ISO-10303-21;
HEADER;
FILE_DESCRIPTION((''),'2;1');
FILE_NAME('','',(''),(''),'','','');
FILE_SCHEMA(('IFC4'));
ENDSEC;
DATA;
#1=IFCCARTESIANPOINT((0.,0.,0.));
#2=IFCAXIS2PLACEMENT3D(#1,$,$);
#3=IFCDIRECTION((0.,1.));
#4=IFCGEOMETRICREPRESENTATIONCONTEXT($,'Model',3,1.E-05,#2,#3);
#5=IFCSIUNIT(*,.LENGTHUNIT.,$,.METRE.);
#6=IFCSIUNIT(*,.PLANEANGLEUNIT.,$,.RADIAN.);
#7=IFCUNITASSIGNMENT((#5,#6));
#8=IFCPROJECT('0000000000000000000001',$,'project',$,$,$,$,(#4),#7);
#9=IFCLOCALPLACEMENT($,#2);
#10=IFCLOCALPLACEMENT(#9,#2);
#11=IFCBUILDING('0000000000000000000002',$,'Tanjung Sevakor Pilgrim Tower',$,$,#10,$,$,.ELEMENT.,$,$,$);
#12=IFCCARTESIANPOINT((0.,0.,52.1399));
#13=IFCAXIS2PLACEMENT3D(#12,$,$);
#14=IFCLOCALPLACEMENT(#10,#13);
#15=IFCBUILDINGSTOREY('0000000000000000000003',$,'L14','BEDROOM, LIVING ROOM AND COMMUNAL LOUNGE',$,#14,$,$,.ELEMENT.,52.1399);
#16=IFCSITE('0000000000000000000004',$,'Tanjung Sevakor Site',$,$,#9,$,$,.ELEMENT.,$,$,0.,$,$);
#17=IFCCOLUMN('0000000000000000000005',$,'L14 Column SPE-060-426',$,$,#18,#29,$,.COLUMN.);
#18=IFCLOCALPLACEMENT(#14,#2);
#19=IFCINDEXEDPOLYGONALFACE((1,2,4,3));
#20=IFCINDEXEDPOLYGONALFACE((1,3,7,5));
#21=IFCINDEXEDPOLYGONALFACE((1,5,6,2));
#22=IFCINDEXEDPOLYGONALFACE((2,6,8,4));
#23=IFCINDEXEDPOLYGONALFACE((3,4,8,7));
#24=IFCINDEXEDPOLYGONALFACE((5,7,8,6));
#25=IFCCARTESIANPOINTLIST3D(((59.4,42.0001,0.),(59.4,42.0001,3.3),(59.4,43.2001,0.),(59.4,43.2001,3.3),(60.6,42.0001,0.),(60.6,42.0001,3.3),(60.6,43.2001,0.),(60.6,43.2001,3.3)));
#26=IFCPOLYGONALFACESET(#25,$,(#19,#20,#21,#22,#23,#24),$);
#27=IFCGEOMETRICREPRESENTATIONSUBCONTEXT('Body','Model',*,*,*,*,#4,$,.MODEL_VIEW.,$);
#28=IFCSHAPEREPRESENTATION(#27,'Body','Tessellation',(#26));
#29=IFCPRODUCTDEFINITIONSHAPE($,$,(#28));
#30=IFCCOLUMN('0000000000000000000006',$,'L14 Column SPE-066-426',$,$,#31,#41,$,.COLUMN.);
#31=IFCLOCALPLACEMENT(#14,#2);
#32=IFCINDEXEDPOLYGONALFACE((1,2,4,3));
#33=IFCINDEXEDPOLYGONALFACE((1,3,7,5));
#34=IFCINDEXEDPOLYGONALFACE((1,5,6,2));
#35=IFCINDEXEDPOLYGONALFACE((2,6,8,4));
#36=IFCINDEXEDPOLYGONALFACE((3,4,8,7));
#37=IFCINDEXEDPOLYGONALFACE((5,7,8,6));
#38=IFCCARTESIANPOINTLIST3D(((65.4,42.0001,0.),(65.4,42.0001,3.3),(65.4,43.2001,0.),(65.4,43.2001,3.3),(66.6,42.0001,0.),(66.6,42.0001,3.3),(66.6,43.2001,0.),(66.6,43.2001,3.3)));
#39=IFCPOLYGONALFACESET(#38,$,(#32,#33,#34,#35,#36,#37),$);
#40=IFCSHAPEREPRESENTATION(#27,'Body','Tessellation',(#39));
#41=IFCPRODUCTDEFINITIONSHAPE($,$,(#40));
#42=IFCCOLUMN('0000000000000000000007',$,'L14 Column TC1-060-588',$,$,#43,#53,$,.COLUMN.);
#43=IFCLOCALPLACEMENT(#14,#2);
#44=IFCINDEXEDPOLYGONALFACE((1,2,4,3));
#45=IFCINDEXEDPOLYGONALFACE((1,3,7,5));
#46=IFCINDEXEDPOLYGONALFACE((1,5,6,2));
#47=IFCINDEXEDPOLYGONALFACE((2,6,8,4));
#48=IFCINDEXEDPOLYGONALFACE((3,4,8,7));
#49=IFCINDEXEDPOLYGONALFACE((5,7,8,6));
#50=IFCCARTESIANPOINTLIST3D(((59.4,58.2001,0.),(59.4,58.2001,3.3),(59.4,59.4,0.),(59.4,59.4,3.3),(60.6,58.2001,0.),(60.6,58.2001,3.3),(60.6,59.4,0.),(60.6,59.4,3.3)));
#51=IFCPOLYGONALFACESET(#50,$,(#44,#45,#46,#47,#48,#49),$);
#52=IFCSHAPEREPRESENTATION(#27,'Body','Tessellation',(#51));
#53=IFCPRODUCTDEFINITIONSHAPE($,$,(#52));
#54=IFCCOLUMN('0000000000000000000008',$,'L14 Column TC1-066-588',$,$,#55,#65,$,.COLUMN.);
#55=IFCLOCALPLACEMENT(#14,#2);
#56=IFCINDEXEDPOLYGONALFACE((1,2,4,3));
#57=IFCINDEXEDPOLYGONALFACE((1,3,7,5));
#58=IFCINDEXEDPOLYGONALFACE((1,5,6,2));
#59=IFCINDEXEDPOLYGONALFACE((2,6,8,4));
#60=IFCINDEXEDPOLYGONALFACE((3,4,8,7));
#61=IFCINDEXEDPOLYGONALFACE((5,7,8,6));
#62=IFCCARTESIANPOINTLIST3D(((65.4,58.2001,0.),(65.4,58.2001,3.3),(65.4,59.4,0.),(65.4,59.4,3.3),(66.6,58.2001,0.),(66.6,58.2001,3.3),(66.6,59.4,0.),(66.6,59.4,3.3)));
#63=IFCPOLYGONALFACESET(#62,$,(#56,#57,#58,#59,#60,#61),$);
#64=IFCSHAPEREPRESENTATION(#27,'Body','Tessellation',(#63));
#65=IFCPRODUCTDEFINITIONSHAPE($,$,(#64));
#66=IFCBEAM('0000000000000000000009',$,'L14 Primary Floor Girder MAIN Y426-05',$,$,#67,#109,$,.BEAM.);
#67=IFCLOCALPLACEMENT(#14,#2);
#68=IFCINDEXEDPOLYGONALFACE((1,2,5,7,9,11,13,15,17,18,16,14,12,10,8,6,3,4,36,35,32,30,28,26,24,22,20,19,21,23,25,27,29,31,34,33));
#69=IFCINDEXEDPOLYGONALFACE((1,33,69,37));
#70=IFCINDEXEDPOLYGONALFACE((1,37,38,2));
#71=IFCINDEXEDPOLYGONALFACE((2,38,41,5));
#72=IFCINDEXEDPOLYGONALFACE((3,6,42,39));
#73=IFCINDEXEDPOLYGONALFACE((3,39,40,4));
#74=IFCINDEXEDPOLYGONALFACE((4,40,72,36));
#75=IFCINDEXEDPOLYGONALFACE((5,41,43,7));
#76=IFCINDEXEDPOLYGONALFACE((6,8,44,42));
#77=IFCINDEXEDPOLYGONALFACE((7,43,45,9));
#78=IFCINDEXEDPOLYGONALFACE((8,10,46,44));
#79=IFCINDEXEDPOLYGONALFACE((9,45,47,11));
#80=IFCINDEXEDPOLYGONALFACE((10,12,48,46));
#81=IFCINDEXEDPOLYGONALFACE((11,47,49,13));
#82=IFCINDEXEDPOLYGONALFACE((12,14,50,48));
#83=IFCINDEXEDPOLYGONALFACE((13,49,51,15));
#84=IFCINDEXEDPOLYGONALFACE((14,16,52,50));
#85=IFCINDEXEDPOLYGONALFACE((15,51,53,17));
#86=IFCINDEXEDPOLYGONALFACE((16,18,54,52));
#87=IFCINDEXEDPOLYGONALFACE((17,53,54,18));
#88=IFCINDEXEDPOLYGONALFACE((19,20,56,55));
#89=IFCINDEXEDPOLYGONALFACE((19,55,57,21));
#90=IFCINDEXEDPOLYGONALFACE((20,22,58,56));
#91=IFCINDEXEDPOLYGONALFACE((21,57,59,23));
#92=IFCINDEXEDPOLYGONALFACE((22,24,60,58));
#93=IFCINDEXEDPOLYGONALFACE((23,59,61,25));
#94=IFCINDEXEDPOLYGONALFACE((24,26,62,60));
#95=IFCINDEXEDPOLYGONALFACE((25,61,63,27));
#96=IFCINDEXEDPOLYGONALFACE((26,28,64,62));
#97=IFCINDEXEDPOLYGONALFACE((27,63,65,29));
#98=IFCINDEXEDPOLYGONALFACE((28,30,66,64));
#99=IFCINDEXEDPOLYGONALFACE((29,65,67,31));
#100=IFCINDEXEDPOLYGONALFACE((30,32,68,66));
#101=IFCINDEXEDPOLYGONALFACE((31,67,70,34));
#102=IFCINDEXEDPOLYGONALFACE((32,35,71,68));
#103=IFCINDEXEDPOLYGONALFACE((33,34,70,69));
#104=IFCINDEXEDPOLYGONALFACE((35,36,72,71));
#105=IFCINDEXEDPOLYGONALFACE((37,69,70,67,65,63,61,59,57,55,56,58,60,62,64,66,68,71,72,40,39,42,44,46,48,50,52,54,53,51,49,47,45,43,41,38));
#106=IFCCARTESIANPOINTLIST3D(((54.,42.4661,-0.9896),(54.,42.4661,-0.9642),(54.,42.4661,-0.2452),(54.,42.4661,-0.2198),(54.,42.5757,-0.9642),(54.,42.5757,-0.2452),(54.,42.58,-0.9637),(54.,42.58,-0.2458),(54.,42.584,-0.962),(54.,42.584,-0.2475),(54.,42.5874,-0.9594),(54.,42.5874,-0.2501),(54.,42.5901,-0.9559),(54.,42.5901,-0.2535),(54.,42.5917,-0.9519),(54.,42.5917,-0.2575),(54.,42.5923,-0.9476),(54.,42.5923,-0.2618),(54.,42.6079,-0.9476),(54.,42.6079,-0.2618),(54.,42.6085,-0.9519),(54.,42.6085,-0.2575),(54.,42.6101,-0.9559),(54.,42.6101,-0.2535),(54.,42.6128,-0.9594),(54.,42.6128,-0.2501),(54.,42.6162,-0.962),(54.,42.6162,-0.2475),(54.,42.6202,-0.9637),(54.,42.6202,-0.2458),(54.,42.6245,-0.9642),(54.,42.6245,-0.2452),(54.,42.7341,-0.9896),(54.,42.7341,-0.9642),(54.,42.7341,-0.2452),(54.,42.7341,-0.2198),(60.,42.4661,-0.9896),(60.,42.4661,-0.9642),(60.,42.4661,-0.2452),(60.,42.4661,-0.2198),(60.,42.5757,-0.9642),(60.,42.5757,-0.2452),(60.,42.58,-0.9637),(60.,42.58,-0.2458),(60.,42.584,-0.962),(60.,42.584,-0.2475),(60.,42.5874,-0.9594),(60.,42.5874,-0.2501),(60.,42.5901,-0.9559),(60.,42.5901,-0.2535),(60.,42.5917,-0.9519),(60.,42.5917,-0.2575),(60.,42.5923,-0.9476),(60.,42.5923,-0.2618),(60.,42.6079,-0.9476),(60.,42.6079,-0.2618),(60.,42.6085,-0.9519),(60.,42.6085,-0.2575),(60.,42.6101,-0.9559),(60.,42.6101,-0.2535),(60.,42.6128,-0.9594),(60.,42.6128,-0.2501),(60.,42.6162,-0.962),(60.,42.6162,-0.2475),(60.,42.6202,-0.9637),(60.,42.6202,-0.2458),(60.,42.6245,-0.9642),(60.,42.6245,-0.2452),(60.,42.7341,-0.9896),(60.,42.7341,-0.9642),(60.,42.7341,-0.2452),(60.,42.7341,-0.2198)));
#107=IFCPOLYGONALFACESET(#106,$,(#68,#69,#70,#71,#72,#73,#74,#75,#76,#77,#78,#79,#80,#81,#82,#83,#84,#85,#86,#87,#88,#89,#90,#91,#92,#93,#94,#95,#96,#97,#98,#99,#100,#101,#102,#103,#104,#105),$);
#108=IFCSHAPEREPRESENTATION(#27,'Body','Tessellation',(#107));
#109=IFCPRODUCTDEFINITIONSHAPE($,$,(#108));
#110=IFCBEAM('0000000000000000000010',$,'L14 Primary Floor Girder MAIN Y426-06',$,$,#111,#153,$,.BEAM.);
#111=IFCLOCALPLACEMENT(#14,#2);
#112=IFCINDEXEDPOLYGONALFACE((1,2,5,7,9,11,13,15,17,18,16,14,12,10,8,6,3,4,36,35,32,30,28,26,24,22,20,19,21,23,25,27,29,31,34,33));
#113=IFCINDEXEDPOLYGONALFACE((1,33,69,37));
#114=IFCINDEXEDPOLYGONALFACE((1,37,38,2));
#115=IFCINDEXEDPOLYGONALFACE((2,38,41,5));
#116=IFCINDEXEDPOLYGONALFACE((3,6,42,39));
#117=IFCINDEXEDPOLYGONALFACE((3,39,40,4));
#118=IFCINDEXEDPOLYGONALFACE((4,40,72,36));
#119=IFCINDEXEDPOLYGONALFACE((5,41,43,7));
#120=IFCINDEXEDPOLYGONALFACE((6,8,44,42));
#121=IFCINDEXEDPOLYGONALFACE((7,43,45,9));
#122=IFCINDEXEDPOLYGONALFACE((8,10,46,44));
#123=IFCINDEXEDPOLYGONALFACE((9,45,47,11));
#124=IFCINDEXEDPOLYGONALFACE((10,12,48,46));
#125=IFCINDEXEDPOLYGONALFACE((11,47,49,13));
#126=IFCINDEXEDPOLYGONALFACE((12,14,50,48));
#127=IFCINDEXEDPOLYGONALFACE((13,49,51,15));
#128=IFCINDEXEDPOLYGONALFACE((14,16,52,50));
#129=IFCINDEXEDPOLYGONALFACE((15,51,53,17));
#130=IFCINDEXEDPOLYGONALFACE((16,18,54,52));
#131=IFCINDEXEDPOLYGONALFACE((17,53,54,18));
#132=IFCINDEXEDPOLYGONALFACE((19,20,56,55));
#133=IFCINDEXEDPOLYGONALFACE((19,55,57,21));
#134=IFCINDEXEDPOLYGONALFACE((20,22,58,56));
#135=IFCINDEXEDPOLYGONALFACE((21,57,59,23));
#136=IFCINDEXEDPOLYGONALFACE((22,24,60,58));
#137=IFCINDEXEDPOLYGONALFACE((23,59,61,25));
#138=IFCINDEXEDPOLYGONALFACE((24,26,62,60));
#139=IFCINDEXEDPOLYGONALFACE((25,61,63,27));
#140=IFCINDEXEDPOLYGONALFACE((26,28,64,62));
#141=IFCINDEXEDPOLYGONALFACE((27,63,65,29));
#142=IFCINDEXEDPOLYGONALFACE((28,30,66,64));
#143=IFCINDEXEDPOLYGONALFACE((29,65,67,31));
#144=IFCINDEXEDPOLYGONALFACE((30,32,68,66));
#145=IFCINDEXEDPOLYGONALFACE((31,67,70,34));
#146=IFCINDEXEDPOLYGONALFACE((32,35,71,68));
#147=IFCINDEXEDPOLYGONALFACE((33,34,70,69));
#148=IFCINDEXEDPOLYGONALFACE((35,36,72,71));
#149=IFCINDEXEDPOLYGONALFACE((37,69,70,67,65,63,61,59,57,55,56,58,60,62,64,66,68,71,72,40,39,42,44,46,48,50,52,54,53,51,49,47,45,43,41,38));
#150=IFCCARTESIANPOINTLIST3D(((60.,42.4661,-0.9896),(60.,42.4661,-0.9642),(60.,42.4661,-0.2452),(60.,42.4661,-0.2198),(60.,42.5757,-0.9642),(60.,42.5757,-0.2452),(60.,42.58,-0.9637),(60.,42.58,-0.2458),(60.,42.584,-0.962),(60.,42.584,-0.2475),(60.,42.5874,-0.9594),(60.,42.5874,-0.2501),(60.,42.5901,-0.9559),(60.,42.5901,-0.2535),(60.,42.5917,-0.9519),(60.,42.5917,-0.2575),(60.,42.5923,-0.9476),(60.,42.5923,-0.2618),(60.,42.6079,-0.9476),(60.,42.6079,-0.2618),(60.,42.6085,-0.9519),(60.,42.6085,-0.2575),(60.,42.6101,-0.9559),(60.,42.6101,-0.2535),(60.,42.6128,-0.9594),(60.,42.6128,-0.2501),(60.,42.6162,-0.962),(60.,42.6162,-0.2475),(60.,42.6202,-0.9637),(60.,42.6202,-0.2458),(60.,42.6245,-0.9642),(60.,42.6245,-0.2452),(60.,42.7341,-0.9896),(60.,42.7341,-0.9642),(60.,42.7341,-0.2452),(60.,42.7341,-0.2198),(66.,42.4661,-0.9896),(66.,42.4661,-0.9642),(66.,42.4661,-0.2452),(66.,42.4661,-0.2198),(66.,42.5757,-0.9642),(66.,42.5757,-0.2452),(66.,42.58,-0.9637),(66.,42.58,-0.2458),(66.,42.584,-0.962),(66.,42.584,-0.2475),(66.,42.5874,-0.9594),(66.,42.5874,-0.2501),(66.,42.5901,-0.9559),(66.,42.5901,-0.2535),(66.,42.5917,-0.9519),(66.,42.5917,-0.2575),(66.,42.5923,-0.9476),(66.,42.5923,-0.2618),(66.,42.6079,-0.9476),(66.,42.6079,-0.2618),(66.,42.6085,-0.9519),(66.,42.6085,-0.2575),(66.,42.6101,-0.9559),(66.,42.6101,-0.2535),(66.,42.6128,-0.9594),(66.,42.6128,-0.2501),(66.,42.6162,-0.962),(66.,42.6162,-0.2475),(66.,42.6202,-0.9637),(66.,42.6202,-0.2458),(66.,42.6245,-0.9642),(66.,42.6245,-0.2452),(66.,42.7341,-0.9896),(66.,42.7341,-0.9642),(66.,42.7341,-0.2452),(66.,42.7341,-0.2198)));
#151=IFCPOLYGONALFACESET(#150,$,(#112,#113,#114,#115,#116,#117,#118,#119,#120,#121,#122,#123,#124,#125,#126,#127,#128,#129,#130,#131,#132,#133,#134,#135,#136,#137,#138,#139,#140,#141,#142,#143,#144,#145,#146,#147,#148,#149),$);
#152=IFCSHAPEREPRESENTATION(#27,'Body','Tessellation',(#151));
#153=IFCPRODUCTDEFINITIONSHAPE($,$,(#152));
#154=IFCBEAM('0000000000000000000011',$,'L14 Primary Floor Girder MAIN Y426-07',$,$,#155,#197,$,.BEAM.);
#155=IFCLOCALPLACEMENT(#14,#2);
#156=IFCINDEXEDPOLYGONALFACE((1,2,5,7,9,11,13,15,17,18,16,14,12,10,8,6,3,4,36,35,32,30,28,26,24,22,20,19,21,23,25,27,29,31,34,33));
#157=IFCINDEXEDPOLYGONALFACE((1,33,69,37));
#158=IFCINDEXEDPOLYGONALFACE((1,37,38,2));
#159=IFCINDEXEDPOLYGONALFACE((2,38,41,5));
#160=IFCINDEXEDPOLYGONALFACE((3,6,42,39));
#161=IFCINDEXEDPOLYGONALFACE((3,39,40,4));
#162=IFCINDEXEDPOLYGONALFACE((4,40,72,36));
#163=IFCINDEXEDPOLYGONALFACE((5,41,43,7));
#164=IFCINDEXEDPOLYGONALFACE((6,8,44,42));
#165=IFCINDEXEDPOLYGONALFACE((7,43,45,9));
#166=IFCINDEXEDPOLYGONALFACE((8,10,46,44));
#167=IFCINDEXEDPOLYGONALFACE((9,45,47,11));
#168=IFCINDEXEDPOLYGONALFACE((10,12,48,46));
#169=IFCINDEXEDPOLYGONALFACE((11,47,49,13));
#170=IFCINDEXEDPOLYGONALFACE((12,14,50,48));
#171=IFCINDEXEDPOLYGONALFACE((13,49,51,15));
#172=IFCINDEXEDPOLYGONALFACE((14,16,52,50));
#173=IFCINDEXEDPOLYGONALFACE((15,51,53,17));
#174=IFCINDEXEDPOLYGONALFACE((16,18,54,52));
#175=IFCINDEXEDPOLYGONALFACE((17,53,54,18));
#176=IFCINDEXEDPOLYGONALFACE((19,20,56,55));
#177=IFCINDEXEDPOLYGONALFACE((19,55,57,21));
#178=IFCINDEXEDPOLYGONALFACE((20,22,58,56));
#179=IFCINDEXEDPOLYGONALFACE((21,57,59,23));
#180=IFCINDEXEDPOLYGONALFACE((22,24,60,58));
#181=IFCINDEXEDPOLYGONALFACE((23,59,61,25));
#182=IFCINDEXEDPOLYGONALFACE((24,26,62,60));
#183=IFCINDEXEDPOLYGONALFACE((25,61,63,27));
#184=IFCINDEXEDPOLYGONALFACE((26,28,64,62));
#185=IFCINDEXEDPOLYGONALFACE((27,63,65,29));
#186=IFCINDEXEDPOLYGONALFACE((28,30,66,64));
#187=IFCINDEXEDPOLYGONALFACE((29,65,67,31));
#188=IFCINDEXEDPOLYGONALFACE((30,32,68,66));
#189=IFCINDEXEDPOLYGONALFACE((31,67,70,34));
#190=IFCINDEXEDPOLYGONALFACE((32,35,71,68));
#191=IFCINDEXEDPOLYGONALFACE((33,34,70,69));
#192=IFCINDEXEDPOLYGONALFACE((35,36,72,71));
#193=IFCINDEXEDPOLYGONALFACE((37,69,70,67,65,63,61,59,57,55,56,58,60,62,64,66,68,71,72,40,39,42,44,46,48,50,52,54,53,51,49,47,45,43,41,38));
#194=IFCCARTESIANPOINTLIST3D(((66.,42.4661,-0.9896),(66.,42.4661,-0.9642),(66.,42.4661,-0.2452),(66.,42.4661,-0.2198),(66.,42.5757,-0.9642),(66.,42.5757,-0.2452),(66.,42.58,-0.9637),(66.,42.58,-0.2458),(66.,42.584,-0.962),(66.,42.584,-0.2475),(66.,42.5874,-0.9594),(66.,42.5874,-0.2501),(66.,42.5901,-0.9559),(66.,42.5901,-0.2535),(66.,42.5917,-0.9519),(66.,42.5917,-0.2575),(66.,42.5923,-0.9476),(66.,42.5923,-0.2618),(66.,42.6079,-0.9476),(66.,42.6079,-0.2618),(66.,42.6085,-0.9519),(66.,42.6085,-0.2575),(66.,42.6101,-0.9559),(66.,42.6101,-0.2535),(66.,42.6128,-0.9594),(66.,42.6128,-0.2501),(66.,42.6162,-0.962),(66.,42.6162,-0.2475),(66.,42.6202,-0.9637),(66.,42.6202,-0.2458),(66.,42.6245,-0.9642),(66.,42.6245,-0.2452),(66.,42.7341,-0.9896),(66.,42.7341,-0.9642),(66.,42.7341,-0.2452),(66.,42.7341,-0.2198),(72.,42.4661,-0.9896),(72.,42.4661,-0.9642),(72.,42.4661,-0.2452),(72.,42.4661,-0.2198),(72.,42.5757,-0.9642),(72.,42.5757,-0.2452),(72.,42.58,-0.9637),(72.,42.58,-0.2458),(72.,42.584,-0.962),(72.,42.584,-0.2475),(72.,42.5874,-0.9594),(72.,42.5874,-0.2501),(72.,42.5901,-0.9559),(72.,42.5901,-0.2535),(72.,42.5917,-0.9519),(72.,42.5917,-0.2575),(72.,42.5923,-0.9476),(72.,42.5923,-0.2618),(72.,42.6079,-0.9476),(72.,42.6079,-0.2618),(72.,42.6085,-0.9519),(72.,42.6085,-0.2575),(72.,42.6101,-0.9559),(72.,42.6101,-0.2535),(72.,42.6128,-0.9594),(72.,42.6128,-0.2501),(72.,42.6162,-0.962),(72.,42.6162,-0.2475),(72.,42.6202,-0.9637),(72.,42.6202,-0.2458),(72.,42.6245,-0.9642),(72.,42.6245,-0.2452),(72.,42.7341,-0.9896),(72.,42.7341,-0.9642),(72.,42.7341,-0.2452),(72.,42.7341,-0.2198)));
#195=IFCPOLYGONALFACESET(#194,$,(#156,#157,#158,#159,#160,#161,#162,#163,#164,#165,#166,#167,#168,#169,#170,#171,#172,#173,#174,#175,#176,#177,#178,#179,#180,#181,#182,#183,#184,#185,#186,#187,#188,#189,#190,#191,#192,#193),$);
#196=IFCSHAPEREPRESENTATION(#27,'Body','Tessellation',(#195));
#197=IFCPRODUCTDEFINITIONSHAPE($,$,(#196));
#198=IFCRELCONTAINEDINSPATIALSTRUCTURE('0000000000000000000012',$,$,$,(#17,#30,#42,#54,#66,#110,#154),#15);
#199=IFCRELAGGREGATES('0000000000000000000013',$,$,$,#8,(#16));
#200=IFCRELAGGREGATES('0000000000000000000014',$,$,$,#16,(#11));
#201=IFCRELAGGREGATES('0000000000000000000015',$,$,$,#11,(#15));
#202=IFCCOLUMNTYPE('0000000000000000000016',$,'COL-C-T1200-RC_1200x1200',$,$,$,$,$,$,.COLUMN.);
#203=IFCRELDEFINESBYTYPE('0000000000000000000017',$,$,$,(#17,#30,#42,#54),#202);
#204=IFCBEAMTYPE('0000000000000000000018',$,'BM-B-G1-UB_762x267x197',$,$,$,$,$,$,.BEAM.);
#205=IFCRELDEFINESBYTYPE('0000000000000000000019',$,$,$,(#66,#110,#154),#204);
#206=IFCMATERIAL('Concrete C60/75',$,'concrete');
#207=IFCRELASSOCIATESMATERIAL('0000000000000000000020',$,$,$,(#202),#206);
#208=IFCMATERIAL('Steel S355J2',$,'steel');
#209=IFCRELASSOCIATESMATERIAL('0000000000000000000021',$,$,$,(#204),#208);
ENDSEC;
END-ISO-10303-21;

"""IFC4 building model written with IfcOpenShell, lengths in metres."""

from ifc_helpers import new_model, si_unit, direction, frame, origin, origin_2d, place, context, subcontext, project, spatial, rectangle, i_section, extrude, material, material_profile, profile_set, type_object, element, save


model = new_model("IFC4")

# Units and contexts
model_context = context("Model", 3, precision=1e-05, world=origin(), true_north=direction((0.0, 1.0)))
body_context = subcontext(model_context, "Body", "Model", "MODEL_VIEW")
ifc_project = project(units=[si_unit("LENGTHUNIT", "METRE"), si_unit("PLANEANGLEUNIT", "RADIAN")], contexts=[model_context])

# Site, building, storey
site_placement = place(None, origin())
site = spatial("IfcSite", under=ifc_project, at=site_placement, Name="Tanjung Sevakor Site", CompositionType="ELEMENT", RefElevation=0.0)
building_placement = place(site_placement, origin())
building = spatial("IfcBuilding", under=site, at=building_placement, Name="Tanjung Sevakor Pilgrim Tower", CompositionType="ELEMENT")
storey_placement = place(building_placement, frame((0.0, 0.0, 52.1399)))
storey = spatial("IfcBuildingStorey", under=building, at=storey_placement, Name="L14", Description="BEDROOM, LIVING ROOM AND COMMUNAL LOUNGE", CompositionType="ELEMENT", Elevation=52.1399)

# Columns
ifc_material_1 = material(Name="Concrete C60/75", Category="concrete")
ifc_material_profile_1 = material_profile(ifc_material_1, rectangle(XDim=1.2, YDim=1.2, at=origin_2d()))
ifc_profile_set_1 = profile_set([ifc_material_profile_1], Name="Concrete C60/75")
column_type = type_object("IfcColumnType", Name="COL-C-T1200-RC_1200x1200", PredefinedType="COLUMN", material=ifc_profile_set_1)
for number, where, z_axis, x_axis, name in (
    (1, (60.0, 42.6001, 0.0), (0.0, 0.0, 1.0), (1.0, 0.0, 0.0), "L14 Column SPE-060-426"),
    (2, (66.0, 42.6001, 0.0), (0.0, 0.0, 1.0), (1.0, 0.0, 0.0), "L14 Column SPE-066-426"),
    (3, (60.0, 58.8, 0.0), (0.0, 0.0, 1.0), (1.0, 0.0, 0.0), "L14 Column TC1-060-588"),
    (4, (66.0, 58.8, 0.0), (0.0, 0.0, 1.0), (1.0, 0.0, 0.0), "L14 Column TC1-066-588"),
):
    element("IfcColumn", number, at=place(storey_placement, frame(where, z_axis=z_axis, x_axis=x_axis)), inside=storey, type_object=column_type, Name=name, PredefinedType="COLUMN", context=body_context, shape_type="SweptSolid", body=[
        extrude(rectangle(XDim=1.2, YDim=1.2, at=origin_2d()), origin(), (0.0, 0.0, 1.0), 3.3),
    ])

# Beams
ifc_material_2 = material(Name="Steel S355J2", Category="steel")
ifc_material_profile_2 = material_profile(ifc_material_2, i_section(OverallWidth=0.2681, OverallDepth=0.7698, WebThickness=0.0156, FlangeThickness=0.0254, FilletRadius=0.0166, at=origin_2d()))
ifc_profile_set_2 = profile_set([ifc_material_profile_2], Name="Steel S355J2")
beam_type_1 = type_object("IfcBeamType", Name="BM-B-G1-UB_762x267x197", PredefinedType="BEAM", material=ifc_profile_set_2)
for number, where, z_axis, x_axis, name in (
    (5, (54.0, 42.6001, -0.6047), (1.0, 0.0, 0.0), (0.0, 1.0, 0.0), "L14 Primary Floor Girder MAIN Y426-05"),
    (6, (60.0, 42.6001, -0.6047), (1.0, 0.0, 0.0), (0.0, 1.0, 0.0), "L14 Primary Floor Girder MAIN Y426-06"),
    (7, (66.0, 42.6001, -0.6047), (1.0, 0.0, 0.0), (0.0, 1.0, 0.0), "L14 Primary Floor Girder MAIN Y426-07"),
):
    element("IfcBeam", number, at=place(storey_placement, frame(where, z_axis=z_axis, x_axis=x_axis)), inside=storey, type_object=beam_type_1, Name=name, PredefinedType="BEAM", context=body_context, shape_type="SweptSolid", body=[
        extrude(i_section(OverallWidth=0.2681, OverallDepth=0.7698, WebThickness=0.0156, FlangeThickness=0.0254, FilletRadius=0.0166, at=origin_2d()), origin(), (0.0, 0.0, 1.0), 6.0),
    ])

save(model, "model.ifc")
